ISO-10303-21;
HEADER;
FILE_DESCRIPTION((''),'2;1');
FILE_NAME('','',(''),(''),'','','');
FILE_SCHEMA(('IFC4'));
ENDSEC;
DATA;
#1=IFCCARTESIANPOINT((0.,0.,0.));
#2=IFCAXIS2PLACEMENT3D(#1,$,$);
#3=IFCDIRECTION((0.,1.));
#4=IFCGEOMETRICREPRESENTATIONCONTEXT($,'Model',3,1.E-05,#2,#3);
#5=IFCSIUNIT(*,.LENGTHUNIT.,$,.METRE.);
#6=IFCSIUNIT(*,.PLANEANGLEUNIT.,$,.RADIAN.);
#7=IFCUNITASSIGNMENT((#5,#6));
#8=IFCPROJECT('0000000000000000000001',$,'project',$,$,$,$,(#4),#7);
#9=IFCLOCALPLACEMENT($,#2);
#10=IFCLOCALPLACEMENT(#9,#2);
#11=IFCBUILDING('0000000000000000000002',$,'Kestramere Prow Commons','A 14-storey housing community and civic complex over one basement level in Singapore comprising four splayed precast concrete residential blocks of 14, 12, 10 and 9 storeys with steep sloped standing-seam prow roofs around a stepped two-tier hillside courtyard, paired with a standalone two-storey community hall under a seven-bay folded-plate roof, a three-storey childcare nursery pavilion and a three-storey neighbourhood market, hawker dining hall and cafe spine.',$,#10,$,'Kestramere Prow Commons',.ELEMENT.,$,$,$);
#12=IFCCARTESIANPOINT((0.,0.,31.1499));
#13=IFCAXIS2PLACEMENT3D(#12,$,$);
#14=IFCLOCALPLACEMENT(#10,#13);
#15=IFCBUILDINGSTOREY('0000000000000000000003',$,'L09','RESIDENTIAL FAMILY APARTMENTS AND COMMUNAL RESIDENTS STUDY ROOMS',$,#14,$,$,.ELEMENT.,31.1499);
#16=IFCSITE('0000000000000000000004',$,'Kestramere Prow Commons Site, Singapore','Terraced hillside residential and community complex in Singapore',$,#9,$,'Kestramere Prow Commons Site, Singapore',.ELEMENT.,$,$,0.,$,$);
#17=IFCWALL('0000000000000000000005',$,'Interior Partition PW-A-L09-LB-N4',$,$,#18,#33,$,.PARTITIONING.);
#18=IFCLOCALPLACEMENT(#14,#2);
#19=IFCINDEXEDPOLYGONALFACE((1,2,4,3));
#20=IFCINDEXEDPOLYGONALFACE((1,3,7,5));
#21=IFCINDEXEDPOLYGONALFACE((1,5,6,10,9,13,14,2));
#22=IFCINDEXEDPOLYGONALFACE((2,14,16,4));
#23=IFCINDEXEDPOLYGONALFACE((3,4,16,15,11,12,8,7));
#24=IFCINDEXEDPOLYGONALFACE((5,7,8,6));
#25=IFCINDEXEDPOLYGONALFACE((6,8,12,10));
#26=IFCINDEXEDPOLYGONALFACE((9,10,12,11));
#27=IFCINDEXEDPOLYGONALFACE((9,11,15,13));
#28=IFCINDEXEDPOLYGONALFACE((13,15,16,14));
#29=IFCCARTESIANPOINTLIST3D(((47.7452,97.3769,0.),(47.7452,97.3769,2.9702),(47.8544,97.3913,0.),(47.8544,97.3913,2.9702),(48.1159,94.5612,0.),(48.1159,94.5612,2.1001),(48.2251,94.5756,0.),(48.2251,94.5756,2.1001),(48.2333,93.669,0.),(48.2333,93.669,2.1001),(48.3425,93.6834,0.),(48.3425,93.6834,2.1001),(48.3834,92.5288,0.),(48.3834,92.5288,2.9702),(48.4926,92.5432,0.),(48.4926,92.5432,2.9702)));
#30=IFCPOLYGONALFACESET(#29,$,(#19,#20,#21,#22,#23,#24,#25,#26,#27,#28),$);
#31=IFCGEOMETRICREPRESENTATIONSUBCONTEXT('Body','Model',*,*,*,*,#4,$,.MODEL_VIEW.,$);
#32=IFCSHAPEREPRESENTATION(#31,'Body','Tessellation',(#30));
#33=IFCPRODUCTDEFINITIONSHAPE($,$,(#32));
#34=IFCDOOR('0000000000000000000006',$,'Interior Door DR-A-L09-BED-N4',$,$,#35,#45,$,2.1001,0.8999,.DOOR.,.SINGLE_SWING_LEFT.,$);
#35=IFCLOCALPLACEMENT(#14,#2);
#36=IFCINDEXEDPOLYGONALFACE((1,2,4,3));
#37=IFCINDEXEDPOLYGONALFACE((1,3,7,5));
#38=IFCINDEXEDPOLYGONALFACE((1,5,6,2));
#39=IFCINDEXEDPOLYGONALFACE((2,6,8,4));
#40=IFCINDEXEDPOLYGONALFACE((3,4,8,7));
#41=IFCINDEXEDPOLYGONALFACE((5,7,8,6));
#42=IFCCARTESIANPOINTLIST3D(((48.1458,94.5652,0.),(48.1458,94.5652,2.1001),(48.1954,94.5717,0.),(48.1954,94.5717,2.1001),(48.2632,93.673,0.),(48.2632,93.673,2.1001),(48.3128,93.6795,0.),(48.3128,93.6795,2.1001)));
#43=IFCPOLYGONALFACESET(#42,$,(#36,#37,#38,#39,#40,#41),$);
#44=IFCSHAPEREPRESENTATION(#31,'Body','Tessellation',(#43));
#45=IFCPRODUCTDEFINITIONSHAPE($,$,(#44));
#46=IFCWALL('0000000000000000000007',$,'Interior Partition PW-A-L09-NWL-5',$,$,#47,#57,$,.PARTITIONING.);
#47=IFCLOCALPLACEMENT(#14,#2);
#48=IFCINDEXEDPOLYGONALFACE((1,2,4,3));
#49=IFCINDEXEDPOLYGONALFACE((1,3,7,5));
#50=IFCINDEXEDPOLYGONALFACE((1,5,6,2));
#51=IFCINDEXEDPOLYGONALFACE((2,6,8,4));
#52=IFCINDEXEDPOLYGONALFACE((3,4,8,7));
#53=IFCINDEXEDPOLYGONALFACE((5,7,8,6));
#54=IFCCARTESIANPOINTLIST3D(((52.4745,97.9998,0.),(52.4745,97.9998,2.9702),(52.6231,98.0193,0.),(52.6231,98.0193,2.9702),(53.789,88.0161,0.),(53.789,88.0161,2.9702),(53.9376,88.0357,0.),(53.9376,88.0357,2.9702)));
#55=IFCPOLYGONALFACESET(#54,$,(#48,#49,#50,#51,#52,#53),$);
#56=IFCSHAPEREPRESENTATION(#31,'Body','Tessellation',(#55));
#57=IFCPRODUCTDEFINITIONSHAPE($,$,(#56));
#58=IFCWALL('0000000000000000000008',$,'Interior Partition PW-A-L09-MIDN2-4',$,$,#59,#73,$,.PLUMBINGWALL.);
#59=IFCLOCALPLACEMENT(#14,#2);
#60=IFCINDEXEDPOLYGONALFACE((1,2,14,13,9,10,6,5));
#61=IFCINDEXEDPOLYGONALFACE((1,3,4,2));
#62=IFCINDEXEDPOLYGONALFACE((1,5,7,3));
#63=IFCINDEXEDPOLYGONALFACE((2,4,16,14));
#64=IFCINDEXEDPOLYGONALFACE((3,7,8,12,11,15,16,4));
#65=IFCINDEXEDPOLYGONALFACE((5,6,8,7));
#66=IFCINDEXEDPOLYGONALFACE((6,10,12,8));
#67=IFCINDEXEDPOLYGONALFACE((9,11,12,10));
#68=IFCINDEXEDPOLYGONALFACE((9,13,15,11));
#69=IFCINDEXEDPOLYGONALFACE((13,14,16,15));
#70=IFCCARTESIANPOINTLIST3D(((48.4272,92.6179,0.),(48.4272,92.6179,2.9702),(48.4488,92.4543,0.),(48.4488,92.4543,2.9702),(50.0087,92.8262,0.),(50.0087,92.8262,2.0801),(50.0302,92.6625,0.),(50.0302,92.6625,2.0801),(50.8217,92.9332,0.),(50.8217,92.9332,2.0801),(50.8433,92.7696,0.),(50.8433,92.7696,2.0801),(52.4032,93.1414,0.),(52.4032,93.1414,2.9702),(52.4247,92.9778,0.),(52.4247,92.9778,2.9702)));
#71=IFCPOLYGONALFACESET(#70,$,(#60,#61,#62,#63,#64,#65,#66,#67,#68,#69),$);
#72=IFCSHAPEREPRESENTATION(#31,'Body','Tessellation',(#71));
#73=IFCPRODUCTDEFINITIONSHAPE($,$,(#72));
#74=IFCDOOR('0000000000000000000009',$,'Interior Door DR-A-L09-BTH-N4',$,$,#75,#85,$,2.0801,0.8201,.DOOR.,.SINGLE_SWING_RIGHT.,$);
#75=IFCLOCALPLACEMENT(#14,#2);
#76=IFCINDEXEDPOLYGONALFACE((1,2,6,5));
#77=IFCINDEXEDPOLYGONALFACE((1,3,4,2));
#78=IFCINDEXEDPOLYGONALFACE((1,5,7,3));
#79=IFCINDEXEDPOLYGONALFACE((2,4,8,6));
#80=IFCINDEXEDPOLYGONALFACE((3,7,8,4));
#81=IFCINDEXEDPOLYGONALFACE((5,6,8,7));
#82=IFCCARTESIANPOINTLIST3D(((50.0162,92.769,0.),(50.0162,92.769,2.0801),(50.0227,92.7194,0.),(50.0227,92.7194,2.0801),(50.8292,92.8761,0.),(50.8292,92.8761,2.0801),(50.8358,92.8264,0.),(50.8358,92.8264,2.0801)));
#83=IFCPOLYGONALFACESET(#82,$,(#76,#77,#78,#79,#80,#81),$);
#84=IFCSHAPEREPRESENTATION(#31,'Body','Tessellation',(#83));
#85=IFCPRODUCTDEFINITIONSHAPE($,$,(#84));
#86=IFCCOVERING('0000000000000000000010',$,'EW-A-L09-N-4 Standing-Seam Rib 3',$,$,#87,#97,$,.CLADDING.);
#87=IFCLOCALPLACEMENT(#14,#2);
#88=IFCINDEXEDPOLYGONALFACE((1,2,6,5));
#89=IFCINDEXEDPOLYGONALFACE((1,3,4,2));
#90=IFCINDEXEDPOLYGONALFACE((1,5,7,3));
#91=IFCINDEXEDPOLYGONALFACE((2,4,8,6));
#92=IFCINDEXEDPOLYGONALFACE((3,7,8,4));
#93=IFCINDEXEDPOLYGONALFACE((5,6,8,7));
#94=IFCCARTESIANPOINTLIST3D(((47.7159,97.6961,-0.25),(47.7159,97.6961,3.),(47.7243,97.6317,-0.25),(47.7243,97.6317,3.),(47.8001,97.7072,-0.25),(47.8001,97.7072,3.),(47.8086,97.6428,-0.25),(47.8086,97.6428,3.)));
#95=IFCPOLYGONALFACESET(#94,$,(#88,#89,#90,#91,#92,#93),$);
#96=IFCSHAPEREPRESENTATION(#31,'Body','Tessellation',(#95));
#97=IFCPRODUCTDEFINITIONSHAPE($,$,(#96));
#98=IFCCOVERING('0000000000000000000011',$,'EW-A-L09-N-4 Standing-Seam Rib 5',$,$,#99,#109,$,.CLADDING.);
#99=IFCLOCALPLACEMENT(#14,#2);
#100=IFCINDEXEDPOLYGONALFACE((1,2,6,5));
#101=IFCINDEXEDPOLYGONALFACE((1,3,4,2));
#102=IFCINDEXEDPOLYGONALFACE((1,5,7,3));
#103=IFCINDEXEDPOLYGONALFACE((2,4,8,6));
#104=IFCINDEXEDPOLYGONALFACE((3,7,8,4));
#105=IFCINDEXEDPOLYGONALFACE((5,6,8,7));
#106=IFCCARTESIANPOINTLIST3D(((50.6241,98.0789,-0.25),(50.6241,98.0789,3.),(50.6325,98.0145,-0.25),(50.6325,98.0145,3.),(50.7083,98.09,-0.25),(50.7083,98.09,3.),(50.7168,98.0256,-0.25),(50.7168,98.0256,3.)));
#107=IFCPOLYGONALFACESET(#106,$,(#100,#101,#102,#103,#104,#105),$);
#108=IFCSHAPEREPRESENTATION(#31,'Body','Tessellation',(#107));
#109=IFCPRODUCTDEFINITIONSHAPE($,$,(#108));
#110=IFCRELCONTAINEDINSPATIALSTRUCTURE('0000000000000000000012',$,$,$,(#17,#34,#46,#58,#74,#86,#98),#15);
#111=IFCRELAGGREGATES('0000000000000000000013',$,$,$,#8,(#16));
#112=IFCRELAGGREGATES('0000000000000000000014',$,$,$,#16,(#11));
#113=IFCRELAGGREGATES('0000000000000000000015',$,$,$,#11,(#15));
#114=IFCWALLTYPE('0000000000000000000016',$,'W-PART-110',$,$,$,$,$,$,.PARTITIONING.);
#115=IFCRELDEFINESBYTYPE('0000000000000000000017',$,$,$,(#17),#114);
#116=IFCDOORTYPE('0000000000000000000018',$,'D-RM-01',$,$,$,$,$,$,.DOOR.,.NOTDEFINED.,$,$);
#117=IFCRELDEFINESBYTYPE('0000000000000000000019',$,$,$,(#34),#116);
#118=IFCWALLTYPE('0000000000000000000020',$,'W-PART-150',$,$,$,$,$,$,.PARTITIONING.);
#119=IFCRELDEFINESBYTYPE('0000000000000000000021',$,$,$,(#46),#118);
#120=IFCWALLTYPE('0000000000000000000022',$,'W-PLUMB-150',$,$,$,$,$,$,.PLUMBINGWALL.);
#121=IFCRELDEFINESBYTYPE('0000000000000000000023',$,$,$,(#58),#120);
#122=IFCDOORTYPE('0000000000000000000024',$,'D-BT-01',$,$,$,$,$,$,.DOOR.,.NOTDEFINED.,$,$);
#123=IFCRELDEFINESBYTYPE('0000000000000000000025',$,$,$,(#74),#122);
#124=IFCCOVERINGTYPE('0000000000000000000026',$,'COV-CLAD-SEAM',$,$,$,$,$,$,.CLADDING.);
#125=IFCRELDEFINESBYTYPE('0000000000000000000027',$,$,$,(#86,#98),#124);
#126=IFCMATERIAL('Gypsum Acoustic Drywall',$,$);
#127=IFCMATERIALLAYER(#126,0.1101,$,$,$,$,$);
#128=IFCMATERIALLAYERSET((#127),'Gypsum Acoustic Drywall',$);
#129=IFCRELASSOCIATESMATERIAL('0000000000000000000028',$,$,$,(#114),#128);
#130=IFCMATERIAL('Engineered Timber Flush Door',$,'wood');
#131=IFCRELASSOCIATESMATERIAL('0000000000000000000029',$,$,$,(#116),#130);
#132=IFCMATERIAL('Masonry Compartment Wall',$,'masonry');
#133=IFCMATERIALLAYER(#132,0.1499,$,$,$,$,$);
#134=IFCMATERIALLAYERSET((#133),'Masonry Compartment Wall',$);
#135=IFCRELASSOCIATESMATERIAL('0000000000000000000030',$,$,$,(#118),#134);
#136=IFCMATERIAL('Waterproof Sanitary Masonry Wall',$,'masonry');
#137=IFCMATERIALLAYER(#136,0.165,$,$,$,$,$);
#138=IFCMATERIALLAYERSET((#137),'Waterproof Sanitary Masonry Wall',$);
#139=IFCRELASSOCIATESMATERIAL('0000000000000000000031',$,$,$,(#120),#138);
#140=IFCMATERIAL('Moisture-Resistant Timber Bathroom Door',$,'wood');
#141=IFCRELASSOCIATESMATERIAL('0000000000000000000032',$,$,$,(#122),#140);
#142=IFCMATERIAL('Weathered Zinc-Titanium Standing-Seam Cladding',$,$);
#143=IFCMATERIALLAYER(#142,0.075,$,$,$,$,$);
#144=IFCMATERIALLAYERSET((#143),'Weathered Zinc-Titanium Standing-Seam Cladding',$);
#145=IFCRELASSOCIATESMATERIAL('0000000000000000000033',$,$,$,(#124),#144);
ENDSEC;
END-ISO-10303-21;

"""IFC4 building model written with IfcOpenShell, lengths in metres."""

from ifc_helpers import new_model, si_unit, direction, frame, frame_2d, origin, origin_2d, place, context, subcontext, project, spatial, rectangle, extrude, material, layer, layer_set, type_object, element, fill, save


model = new_model("IFC4")

# Units and contexts
model_context = context("Model", 3, precision=1e-05, world=origin(), true_north=direction((0.0, 1.0)))
body_context = subcontext(model_context, "Body", "Model", "MODEL_VIEW")
ifc_project = project(units=[si_unit("LENGTHUNIT", "METRE"), si_unit("PLANEANGLEUNIT", "RADIAN")], contexts=[model_context])

# Site, building, storey
site_placement = place(None, origin())
site = spatial("IfcSite", under=ifc_project, at=site_placement, Name="Kestramere Prow Commons Site, Singapore", Description="Terraced hillside residential and community complex in Singapore", LongName="Kestramere Prow Commons Site, Singapore", CompositionType="ELEMENT", RefElevation=0.0)
building_placement = place(site_placement, origin())
building = spatial("IfcBuilding", under=site, at=building_placement, Name="Kestramere Prow Commons", Description="A 14-storey housing community and civic complex over one basement level in Singapore comprising four splayed precast concrete residential blocks of 14, 12, 10 and 9 storeys with steep sloped standing-seam prow roofs around a stepped two-tier hillside courtyard, paired with a standalone two-storey community hall under a seven-bay folded-plate roof, a three-storey childcare nursery pavilion and a three-storey neighbourhood market, hawker dining hall and cafe spine.", LongName="Kestramere Prow Commons", CompositionType="ELEMENT")
storey_placement = place(building_placement, frame((0.0, 0.0, 31.1499)))
storey = spatial("IfcBuildingStorey", under=building, at=storey_placement, Name="L09", Description="RESIDENTIAL FAMILY APARTMENTS AND COMMUNAL RESIDENTS STUDY ROOMS", CompositionType="ELEMENT", Elevation=31.1499)

# Wall, opening, door
ifc_material_1 = material(Name="Gypsum Acoustic Drywall")
ifc_layer_1 = layer(ifc_material_1, 0.1101)
ifc_layer_set_1 = layer_set([ifc_layer_1], Name="Gypsum Acoustic Drywall")
wall_type_1 = type_object("IfcWallType", Name="W-PART-110", PredefinedType="PARTITIONING", material=ifc_layer_set_1)
wall_1_placement = place(storey_placement, frame((48.438, 92.5361, 0.0), z_axis=(0.0, 0.0, 1.0), x_axis=(-0.130509, 0.991447, 0.0)))
wall_1 = element("IfcWall", 1, at=wall_1_placement, inside=storey, type_object=wall_type_1, Name="Interior Partition PW-A-L09-LB-N4", PredefinedType="PARTITIONING", context=body_context, shape_type="SweptSolid", body=[
    extrude(rectangle(XDim=4.8899, YDim=0.1101, at=frame_2d((2.4448, 0.0))), origin(), (0.0, 0.0, 1.0), 2.9702),
])
opening_1_placement = place(wall_1_placement, frame((1.1499, 0.0, 0.0)))
opening_1 = element("IfcOpeningElement", 2, at=opening_1_placement, cuts=wall_1, PredefinedType="OPENING", context=body_context, shape_type="SweptSolid", body=[
    extrude(rectangle(XDim=0.8999, YDim=2.1001, at=frame_2d((0.45, 1.05))), frame((0.0, 0.0701, 0.0), z_axis=(0.0, -1.0, 0.0), x_axis=(1.0, 0.0, 0.0)), (0.0, 0.0, 1.0), 0.1401),
])
ifc_material_2 = material(Name="Engineered Timber Flush Door", Category="wood")
door_type_1 = type_object("IfcDoorType", Name="D-RM-01", OperationType="NOTDEFINED", PredefinedType="DOOR", material=ifc_material_2)
door_1_placement = place(opening_1_placement, origin())
door_1 = element("IfcDoor", 3, at=door_1_placement, inside=storey, type_object=door_type_1, Name="Interior Door DR-A-L09-BED-N4", OperationType="SINGLE_SWING_LEFT", OverallHeight=2.1001, OverallWidth=0.8999, PredefinedType="DOOR", context=body_context, shape_type="SweptSolid", body=[
    extrude(rectangle(XDim=0.8999, YDim=2.1001, at=frame_2d((0.45, 1.05))), frame((0.0, 0.0249, 0.0), z_axis=(0.0, -1.0, 0.0), x_axis=(1.0, 0.0, 0.0)), (0.0, 0.0, 1.0), 0.05),
])
fill(opening_1, door_1)

# Wall
ifc_material_3 = material(Name="Masonry Compartment Wall", Category="masonry")
ifc_layer_2 = layer(ifc_material_3, 0.1499)
ifc_layer_set_2 = layer_set([ifc_layer_2], Name="Masonry Compartment Wall")
wall_type_2 = type_object("IfcWallType", Name="W-PART-150", PredefinedType="PARTITIONING", material=ifc_layer_set_2)
wall_2_placement = place(storey_placement, frame((53.8633, 88.0259, 0.0), z_axis=(0.0, 0.0, 1.0), x_axis=(-0.130534, 0.991444, 0.0)))
element("IfcWall", 4, at=wall_2_placement, inside=storey, type_object=wall_type_2, Name="Interior Partition PW-A-L09-NWL-5", PredefinedType="PARTITIONING", context=body_context, shape_type="SweptSolid", body=[
    extrude(rectangle(XDim=10.0698, YDim=0.1499, at=frame_2d((5.0349, 0.0))), origin(), (0.0, 0.0, 1.0), 2.9702),
])

# Wall, opening, door
ifc_material_4 = material(Name="Waterproof Sanitary Masonry Wall", Category="masonry")
ifc_layer_3 = layer(ifc_material_4, 0.165)
ifc_layer_set_3 = layer_set([ifc_layer_3], Name="Waterproof Sanitary Masonry Wall")
wall_type_3 = type_object("IfcWallType", Name="W-PLUMB-150", PredefinedType="PLUMBINGWALL", material=ifc_layer_set_3)
wall_3_placement = place(storey_placement, frame((48.438, 92.5361, 0.0), z_axis=(0.0, 0.0, 1.0), x_axis=(0.991445, 0.130529, 0.0)))
wall_3 = element("IfcWall", 5, at=wall_3_placement, inside=storey, type_object=wall_type_3, Name="Interior Partition PW-A-L09-MIDN2-4", PredefinedType="PLUMBINGWALL", context=body_context, shape_type="SweptSolid", body=[
    extrude(rectangle(XDim=4.0103, YDim=0.165, at=frame_2d((2.0051, 0.0))), origin(), (0.0, 0.0, 1.0), 2.9702),
])
opening_2_placement = place(wall_3_placement, frame((1.595, 0.0, 0.0)))
opening_2 = element("IfcOpeningElement", 6, at=opening_2_placement, cuts=wall_3, PredefinedType="OPENING", context=body_context, shape_type="SweptSolid", body=[
    extrude(rectangle(XDim=0.8201, YDim=2.0801, at=frame_2d((0.4102, 1.04))), frame((0.0, 0.0974, 0.0), z_axis=(0.0, -1.0, 0.0), x_axis=(1.0, 0.0, 0.0)), (0.0, 0.0, 1.0), 0.1951),
])
ifc_material_5 = material(Name="Moisture-Resistant Timber Bathroom Door", Category="wood")
door_type_2 = type_object("IfcDoorType", Name="D-BT-01", OperationType="NOTDEFINED", PredefinedType="DOOR", material=ifc_material_5)
door_2_placement = place(opening_2_placement, origin())
door_2 = element("IfcDoor", 7, at=door_2_placement, inside=storey, type_object=door_type_2, Name="Interior Door DR-A-L09-BTH-N4", OperationType="SINGLE_SWING_RIGHT", OverallHeight=2.0801, OverallWidth=0.8201, PredefinedType="DOOR", context=body_context, shape_type="SweptSolid", body=[
    extrude(rectangle(XDim=0.8201, YDim=2.0801, at=frame_2d((0.4102, 1.04))), frame((0.0, 0.0249, 0.0), z_axis=(0.0, -1.0, 0.0), x_axis=(1.0, 0.0, 0.0)), (0.0, 0.0, 1.0), 0.05),
])
fill(opening_2, door_2)

# Coverings
ifc_material_6 = material(Name="Weathered Zinc-Titanium Standing-Seam Cladding")
ifc_layer_4 = layer(ifc_material_6, 0.075)
ifc_layer_set_4 = layer_set([ifc_layer_4], Name="Weathered Zinc-Titanium Standing-Seam Cladding")
covering_type = type_object("IfcCoveringType", Name="COV-CLAD-SEAM", PredefinedType="CLADDING", material=ifc_layer_set_4)
for number, where, z_axis, x_axis, name in (
    (8, (47.7622, 97.6694, -0.25), (0.0, 0.0, 1.0), (0.991445, 0.130526, 0.0), "EW-A-L09-N-4 Standing-Seam Rib 3"),
    (9, (50.6704, 98.0522, -0.25), (0.0, 0.0, 1.0), (0.991445, 0.130526, 0.0), "EW-A-L09-N-4 Standing-Seam Rib 5"),
):
    element("IfcCovering", number, at=place(storey_placement, frame(where, z_axis=z_axis, x_axis=x_axis)), inside=storey, type_object=covering_type, Name=name, PredefinedType="CLADDING", context=body_context, shape_type="SweptSolid", body=[
        extrude(rectangle(XDim=0.085, YDim=0.0649, at=origin_2d()), origin(), (0.0, 0.0, 1.0), 3.25),
    ])

save(model, "model.ifc")
